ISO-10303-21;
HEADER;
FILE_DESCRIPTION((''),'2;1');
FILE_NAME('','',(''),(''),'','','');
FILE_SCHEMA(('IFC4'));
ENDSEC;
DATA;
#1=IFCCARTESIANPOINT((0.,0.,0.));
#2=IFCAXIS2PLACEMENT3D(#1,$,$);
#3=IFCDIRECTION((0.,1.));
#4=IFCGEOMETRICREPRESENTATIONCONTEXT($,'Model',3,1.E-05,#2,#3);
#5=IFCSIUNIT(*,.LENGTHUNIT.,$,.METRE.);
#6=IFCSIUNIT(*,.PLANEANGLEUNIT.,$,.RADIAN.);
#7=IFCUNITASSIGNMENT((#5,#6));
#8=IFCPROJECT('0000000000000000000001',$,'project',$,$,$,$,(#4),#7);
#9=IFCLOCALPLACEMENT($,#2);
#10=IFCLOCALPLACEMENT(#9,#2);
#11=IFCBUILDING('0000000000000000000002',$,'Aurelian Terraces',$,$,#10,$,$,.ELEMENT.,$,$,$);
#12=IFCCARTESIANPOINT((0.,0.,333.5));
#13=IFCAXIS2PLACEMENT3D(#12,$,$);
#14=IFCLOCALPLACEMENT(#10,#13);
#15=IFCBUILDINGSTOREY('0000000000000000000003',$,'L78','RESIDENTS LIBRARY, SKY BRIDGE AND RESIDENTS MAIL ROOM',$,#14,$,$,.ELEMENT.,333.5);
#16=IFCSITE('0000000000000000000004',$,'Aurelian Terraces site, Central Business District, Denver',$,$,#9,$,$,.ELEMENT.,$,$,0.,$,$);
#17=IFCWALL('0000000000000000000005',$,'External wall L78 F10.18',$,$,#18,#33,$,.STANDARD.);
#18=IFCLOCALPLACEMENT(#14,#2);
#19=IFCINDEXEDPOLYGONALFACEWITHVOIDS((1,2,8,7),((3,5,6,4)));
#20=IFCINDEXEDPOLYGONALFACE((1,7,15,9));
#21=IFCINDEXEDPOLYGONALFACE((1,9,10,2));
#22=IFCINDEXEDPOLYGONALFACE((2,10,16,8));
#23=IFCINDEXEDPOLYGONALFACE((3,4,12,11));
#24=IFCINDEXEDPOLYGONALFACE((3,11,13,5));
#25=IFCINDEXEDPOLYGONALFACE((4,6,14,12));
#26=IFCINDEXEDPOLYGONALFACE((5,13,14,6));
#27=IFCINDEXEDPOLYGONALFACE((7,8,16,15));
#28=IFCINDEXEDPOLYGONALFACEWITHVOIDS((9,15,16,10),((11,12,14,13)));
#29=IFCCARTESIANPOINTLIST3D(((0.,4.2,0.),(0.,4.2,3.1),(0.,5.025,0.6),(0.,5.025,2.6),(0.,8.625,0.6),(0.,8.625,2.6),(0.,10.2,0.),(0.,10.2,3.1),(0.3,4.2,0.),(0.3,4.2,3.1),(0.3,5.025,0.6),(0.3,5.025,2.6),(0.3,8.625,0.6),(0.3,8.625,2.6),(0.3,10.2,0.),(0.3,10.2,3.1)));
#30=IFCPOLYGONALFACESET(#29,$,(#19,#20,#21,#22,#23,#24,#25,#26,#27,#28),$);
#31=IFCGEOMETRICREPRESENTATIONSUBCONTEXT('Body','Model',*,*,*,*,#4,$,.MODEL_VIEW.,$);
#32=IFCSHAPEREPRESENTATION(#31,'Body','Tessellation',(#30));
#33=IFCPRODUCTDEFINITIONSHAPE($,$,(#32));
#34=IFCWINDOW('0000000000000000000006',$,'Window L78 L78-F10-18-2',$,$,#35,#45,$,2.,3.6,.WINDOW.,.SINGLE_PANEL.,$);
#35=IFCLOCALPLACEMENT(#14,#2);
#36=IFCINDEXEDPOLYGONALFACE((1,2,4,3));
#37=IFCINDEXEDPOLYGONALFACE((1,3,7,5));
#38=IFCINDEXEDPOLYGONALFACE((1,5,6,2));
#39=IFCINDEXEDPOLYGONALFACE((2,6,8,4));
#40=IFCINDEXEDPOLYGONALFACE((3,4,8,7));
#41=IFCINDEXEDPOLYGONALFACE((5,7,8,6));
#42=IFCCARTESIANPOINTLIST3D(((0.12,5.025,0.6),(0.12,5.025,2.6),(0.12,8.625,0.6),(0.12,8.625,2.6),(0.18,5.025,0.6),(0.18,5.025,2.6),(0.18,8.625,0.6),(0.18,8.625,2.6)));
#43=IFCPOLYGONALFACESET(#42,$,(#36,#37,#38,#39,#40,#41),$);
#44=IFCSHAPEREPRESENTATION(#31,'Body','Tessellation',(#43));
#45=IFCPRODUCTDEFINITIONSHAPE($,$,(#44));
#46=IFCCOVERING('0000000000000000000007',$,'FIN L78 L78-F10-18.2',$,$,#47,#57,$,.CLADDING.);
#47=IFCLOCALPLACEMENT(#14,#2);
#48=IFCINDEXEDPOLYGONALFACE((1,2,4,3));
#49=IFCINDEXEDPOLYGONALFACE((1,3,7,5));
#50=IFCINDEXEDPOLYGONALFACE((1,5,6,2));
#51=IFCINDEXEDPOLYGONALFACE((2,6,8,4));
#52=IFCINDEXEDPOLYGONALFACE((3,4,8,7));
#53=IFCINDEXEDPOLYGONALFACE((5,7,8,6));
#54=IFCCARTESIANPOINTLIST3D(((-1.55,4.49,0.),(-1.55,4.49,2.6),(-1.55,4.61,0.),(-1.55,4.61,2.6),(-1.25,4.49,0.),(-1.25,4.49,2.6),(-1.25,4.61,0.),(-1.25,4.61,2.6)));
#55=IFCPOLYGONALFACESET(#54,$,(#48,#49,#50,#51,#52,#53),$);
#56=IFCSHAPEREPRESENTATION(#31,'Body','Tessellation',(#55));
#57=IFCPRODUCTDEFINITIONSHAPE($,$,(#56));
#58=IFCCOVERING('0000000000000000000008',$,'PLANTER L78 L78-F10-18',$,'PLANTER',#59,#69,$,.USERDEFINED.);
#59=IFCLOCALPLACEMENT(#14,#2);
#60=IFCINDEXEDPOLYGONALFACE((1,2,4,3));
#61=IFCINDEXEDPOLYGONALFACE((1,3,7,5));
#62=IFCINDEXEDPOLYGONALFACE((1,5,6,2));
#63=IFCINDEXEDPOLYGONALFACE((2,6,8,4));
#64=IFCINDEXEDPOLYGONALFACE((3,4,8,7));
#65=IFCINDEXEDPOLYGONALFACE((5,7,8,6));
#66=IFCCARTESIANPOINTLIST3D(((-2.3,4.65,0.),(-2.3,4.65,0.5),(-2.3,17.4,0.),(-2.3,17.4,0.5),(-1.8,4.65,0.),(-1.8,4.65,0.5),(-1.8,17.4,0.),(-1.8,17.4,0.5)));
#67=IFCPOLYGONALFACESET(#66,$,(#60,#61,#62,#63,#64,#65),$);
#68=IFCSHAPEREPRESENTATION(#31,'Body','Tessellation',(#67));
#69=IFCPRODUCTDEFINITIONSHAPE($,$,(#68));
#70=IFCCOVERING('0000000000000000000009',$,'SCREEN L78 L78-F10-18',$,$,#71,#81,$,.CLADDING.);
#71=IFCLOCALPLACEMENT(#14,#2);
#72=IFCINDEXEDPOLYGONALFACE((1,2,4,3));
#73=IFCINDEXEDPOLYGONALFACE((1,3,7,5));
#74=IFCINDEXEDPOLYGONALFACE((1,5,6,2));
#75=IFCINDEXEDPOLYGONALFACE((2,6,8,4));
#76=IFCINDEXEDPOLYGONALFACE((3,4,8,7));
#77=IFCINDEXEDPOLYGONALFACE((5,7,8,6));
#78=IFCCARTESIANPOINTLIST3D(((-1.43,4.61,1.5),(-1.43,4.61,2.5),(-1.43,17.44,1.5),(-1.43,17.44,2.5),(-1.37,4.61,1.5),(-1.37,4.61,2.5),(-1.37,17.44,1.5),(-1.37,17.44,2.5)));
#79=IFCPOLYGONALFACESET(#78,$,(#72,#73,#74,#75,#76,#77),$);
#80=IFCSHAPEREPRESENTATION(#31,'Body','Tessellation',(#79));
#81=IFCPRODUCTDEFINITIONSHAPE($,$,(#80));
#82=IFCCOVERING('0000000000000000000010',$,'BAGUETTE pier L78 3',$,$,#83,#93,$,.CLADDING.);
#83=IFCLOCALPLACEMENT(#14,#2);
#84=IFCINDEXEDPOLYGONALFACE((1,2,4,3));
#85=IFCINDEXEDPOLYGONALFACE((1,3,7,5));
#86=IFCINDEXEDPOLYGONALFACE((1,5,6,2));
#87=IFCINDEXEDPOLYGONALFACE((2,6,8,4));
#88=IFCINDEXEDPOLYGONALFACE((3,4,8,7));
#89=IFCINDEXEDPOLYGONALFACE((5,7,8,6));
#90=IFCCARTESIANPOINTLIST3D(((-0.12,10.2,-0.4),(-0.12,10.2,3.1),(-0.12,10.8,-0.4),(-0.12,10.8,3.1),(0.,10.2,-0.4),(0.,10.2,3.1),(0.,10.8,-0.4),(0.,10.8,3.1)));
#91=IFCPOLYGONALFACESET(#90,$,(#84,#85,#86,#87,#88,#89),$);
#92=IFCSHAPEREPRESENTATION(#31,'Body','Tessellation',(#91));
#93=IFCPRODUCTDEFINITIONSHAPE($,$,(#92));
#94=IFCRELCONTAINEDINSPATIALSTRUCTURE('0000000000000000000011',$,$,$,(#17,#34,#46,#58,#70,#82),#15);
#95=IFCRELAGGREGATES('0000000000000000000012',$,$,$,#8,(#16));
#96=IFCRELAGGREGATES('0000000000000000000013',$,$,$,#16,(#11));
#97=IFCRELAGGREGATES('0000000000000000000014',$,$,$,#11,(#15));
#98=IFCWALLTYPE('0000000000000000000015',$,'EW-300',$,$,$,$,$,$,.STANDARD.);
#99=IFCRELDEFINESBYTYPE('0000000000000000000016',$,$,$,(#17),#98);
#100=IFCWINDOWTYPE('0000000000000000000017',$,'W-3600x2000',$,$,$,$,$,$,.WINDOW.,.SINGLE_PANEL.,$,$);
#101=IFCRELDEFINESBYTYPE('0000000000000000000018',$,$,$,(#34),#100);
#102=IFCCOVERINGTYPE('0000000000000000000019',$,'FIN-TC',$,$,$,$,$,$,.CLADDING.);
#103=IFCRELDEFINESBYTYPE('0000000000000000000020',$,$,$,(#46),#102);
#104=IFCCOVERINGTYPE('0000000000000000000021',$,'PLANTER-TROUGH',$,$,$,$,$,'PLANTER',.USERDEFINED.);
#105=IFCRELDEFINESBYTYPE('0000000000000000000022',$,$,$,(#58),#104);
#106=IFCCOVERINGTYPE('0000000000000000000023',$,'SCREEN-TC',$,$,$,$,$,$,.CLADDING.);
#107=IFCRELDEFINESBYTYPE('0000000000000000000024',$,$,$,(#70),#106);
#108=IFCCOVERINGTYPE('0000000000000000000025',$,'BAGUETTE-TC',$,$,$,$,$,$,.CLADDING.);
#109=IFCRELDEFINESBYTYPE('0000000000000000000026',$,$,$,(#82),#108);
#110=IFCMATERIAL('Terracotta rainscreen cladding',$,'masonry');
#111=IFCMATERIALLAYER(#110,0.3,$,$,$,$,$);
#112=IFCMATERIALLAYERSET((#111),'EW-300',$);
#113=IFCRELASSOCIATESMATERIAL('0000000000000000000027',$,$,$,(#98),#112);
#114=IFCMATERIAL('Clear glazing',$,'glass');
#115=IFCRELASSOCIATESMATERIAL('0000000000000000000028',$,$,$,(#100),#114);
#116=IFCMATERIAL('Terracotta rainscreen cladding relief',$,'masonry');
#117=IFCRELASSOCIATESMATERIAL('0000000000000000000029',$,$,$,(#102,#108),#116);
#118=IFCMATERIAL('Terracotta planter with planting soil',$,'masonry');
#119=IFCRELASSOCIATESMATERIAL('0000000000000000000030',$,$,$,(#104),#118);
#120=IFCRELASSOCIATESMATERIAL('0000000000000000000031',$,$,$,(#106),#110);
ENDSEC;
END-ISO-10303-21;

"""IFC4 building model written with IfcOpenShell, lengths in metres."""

from ifc_helpers import new_model, si_unit, direction, frame, frame_2d, origin, origin_2d, place, context, subcontext, project, spatial, rectangle, extrude, source, transform, mapped, material, layer, layer_set, type_object, element, fill, save


model = new_model("IFC4")

# Units and contexts
model_context = context("Model", 3, precision=1e-05, world=origin(), true_north=direction((0.0, 1.0)))
body_context = subcontext(model_context, "Body", "Model", "MODEL_VIEW")
ifc_project = project(units=[si_unit("LENGTHUNIT", "METRE"), si_unit("PLANEANGLEUNIT", "RADIAN")], contexts=[model_context])

# Site, building, storey
site_placement = place(None, origin())
site = spatial("IfcSite", under=ifc_project, at=site_placement, Name="Aurelian Terraces site, Central Business District, Denver", CompositionType="ELEMENT", RefElevation=0.0)
building_placement = place(site_placement, origin())
building = spatial("IfcBuilding", under=site, at=building_placement, Name="Aurelian Terraces", CompositionType="ELEMENT")
storey_placement = place(building_placement, frame((0.0, 0.0, 333.5)))
storey = spatial("IfcBuildingStorey", under=building, at=storey_placement, Name="L78", Description="RESIDENTS LIBRARY, SKY BRIDGE AND RESIDENTS MAIL ROOM", CompositionType="ELEMENT", Elevation=333.5)

# Shared definitions
ifc_material_1 = material(Name="Terracotta rainscreen cladding", Category="masonry")
ifc_layer_1 = layer(ifc_material_1, 0.3)
ifc_layer_set_1 = layer_set([ifc_layer_1], Name="EW-300")
wall_type_1 = type_object("IfcWallType", Name="EW-300", PredefinedType="STANDARD", material=ifc_layer_set_1)
ifc_material_2 = material(Name="Clear glazing", Category="glass")

# Wall, opening, window
shared_shape_1 = source(origin(), body_context, "Body", "SweptSolid", [
    extrude(rectangle(XDim=6.0, YDim=0.3, at=frame_2d((3.0, 0.0))), origin(), (0.0, 0.0, 1.0), 3.1),
])
wall_1_placement = place(storey_placement, frame((0.15, 10.2, 0.0), z_axis=(0.0, 0.0, 1.0), x_axis=(0.0, -1.0, 0.0)))
wall_1 = element("IfcWall", 1, at=wall_1_placement, inside=storey, type_object=wall_type_1, Name="External wall L78 F10.18", PredefinedType="STANDARD", context=body_context, shape_type="MappedRepresentation", body=[
    mapped(shared_shape_1, transform((0.0, 0.0, 0.0), scale=1.0)),
])
shared_shape_2 = source(origin(), body_context, "Body", "SweptSolid", [
    extrude(rectangle(XDim=3.6, YDim=2.0, at=frame_2d((1.8, 1.0))), frame((0.0, 0.16, 0.0), z_axis=(0.0, -1.0, 0.0), x_axis=(1.0, 0.0, 0.0)), (0.0, 0.0, 1.0), 0.32),
])
opening_1_placement = place(wall_1_placement, frame((1.575, 0.0, 0.6)))
opening_1 = element("IfcOpeningElement", 2, at=opening_1_placement, cuts=wall_1, PredefinedType="OPENING", context=body_context, shape_type="MappedRepresentation", body=[
    mapped(shared_shape_2, transform((0.0, 0.0, 0.0), scale=1.0)),
])
window_type_1 = type_object("IfcWindowType", Name="W-3600x2000", PartitioningType="SINGLE_PANEL", PredefinedType="WINDOW", material=ifc_material_2)
shared_shape_3 = source(origin(), body_context, "Body", "SweptSolid", [
    extrude(rectangle(XDim=3.6, YDim=2.0, at=frame_2d((1.8, 1.0))), frame((0.0, 0.03, 0.0), z_axis=(0.0, -1.0, 0.0), x_axis=(1.0, 0.0, 0.0)), (0.0, 0.0, 1.0), 0.06),
])
window_1_placement = place(opening_1_placement, origin())
window_1 = element("IfcWindow", 3, at=window_1_placement, inside=storey, type_object=window_type_1, Name="Window L78 L78-F10-18-2", OverallHeight=2.0, OverallWidth=3.6, PartitioningType="SINGLE_PANEL", PredefinedType="WINDOW", context=body_context, shape_type="MappedRepresentation", body=[
    mapped(shared_shape_3, transform((0.0, 0.0, 0.0), scale=1.0)),
])
fill(opening_1, window_1)

# Coverings
ifc_material_3 = material(Name="Terracotta rainscreen cladding relief", Category="masonry")
covering_type_1 = type_object("IfcCoveringType", Name="FIN-TC", PredefinedType="CLADDING", material=ifc_material_3)
shared_shape_4 = source(origin(), body_context, "Body", "SweptSolid", [
    extrude(rectangle(XDim=0.3, YDim=0.12, at=origin_2d()), origin(), (0.0, 0.0, 1.0), 2.6),
])
covering_1_placement = place(storey_placement, frame((-1.4, 4.55, 0.0), z_axis=(0.0, 0.0, 1.0), x_axis=(1.0, 0.0, 0.0)))
element("IfcCovering", 4, at=covering_1_placement, inside=storey, type_object=covering_type_1, Name="FIN L78 L78-F10-18.2", PredefinedType="CLADDING", context=body_context, shape_type="MappedRepresentation", body=[
    mapped(shared_shape_4, transform((0.0, 0.0, 0.0), scale=1.0)),
])
ifc_material_4 = material(Name="Terracotta planter with planting soil", Category="masonry")
covering_type_2 = type_object("IfcCoveringType", Name="PLANTER-TROUGH", ElementType="PLANTER", PredefinedType="USERDEFINED", material=ifc_material_4)
shared_shape_5 = source(origin(), body_context, "Body", "SweptSolid", [
    extrude(rectangle(XDim=0.5, YDim=12.75, at=origin_2d()), origin(), (0.0, 0.0, 1.0), 0.5),
])
covering_2_placement = place(storey_placement, frame((-2.05, 11.025, 0.0), z_axis=(0.0, 0.0, 1.0), x_axis=(1.0, 0.0, 0.0)))
element("IfcCovering", 5, at=covering_2_placement, inside=storey, type_object=covering_type_2, Name="PLANTER L78 L78-F10-18", ObjectType="PLANTER", PredefinedType="USERDEFINED", context=body_context, shape_type="MappedRepresentation", body=[
    mapped(shared_shape_5, transform((0.0, 0.0, 0.0), scale=1.0)),
])
covering_type_3 = type_object("IfcCoveringType", Name="SCREEN-TC", PredefinedType="CLADDING", material=ifc_material_1)
shared_shape_6 = source(origin(), body_context, "Body", "SweptSolid", [
    extrude(rectangle(XDim=0.06, YDim=12.83, at=origin_2d()), origin(), (0.0, 0.0, 1.0), 1.0),
])
covering_3_placement = place(storey_placement, frame((-1.4, 11.025, 1.5), z_axis=(0.0, 0.0, 1.0), x_axis=(1.0, 0.0, 0.0)))
element("IfcCovering", 6, at=covering_3_placement, inside=storey, type_object=covering_type_3, Name="SCREEN L78 L78-F10-18", PredefinedType="CLADDING", context=body_context, shape_type="MappedRepresentation", body=[
    mapped(shared_shape_6, transform((0.0, 0.0, 0.0), scale=1.0)),
])
covering_type_4 = type_object("IfcCoveringType", Name="BAGUETTE-TC", PredefinedType="CLADDING", material=ifc_material_3)
shared_shape_7 = source(origin(), body_context, "Body", "SweptSolid", [
    extrude(rectangle(XDim=0.12, YDim=0.6, at=origin_2d()), origin(), (0.0, 0.0, 1.0), 3.5),
])
covering_4_placement = place(storey_placement, frame((-0.06, 10.5, -0.4), z_axis=(0.0, 0.0, 1.0), x_axis=(1.0, 0.0, 0.0)))
element("IfcCovering", 7, at=covering_4_placement, inside=storey, type_object=covering_type_4, Name="BAGUETTE pier L78 3", PredefinedType="CLADDING", context=body_context, shape_type="MappedRepresentation", body=[
    mapped(shared_shape_7, transform((0.0, 0.0, 0.0), scale=1.0)),
])

save(model, "model.ifc")
